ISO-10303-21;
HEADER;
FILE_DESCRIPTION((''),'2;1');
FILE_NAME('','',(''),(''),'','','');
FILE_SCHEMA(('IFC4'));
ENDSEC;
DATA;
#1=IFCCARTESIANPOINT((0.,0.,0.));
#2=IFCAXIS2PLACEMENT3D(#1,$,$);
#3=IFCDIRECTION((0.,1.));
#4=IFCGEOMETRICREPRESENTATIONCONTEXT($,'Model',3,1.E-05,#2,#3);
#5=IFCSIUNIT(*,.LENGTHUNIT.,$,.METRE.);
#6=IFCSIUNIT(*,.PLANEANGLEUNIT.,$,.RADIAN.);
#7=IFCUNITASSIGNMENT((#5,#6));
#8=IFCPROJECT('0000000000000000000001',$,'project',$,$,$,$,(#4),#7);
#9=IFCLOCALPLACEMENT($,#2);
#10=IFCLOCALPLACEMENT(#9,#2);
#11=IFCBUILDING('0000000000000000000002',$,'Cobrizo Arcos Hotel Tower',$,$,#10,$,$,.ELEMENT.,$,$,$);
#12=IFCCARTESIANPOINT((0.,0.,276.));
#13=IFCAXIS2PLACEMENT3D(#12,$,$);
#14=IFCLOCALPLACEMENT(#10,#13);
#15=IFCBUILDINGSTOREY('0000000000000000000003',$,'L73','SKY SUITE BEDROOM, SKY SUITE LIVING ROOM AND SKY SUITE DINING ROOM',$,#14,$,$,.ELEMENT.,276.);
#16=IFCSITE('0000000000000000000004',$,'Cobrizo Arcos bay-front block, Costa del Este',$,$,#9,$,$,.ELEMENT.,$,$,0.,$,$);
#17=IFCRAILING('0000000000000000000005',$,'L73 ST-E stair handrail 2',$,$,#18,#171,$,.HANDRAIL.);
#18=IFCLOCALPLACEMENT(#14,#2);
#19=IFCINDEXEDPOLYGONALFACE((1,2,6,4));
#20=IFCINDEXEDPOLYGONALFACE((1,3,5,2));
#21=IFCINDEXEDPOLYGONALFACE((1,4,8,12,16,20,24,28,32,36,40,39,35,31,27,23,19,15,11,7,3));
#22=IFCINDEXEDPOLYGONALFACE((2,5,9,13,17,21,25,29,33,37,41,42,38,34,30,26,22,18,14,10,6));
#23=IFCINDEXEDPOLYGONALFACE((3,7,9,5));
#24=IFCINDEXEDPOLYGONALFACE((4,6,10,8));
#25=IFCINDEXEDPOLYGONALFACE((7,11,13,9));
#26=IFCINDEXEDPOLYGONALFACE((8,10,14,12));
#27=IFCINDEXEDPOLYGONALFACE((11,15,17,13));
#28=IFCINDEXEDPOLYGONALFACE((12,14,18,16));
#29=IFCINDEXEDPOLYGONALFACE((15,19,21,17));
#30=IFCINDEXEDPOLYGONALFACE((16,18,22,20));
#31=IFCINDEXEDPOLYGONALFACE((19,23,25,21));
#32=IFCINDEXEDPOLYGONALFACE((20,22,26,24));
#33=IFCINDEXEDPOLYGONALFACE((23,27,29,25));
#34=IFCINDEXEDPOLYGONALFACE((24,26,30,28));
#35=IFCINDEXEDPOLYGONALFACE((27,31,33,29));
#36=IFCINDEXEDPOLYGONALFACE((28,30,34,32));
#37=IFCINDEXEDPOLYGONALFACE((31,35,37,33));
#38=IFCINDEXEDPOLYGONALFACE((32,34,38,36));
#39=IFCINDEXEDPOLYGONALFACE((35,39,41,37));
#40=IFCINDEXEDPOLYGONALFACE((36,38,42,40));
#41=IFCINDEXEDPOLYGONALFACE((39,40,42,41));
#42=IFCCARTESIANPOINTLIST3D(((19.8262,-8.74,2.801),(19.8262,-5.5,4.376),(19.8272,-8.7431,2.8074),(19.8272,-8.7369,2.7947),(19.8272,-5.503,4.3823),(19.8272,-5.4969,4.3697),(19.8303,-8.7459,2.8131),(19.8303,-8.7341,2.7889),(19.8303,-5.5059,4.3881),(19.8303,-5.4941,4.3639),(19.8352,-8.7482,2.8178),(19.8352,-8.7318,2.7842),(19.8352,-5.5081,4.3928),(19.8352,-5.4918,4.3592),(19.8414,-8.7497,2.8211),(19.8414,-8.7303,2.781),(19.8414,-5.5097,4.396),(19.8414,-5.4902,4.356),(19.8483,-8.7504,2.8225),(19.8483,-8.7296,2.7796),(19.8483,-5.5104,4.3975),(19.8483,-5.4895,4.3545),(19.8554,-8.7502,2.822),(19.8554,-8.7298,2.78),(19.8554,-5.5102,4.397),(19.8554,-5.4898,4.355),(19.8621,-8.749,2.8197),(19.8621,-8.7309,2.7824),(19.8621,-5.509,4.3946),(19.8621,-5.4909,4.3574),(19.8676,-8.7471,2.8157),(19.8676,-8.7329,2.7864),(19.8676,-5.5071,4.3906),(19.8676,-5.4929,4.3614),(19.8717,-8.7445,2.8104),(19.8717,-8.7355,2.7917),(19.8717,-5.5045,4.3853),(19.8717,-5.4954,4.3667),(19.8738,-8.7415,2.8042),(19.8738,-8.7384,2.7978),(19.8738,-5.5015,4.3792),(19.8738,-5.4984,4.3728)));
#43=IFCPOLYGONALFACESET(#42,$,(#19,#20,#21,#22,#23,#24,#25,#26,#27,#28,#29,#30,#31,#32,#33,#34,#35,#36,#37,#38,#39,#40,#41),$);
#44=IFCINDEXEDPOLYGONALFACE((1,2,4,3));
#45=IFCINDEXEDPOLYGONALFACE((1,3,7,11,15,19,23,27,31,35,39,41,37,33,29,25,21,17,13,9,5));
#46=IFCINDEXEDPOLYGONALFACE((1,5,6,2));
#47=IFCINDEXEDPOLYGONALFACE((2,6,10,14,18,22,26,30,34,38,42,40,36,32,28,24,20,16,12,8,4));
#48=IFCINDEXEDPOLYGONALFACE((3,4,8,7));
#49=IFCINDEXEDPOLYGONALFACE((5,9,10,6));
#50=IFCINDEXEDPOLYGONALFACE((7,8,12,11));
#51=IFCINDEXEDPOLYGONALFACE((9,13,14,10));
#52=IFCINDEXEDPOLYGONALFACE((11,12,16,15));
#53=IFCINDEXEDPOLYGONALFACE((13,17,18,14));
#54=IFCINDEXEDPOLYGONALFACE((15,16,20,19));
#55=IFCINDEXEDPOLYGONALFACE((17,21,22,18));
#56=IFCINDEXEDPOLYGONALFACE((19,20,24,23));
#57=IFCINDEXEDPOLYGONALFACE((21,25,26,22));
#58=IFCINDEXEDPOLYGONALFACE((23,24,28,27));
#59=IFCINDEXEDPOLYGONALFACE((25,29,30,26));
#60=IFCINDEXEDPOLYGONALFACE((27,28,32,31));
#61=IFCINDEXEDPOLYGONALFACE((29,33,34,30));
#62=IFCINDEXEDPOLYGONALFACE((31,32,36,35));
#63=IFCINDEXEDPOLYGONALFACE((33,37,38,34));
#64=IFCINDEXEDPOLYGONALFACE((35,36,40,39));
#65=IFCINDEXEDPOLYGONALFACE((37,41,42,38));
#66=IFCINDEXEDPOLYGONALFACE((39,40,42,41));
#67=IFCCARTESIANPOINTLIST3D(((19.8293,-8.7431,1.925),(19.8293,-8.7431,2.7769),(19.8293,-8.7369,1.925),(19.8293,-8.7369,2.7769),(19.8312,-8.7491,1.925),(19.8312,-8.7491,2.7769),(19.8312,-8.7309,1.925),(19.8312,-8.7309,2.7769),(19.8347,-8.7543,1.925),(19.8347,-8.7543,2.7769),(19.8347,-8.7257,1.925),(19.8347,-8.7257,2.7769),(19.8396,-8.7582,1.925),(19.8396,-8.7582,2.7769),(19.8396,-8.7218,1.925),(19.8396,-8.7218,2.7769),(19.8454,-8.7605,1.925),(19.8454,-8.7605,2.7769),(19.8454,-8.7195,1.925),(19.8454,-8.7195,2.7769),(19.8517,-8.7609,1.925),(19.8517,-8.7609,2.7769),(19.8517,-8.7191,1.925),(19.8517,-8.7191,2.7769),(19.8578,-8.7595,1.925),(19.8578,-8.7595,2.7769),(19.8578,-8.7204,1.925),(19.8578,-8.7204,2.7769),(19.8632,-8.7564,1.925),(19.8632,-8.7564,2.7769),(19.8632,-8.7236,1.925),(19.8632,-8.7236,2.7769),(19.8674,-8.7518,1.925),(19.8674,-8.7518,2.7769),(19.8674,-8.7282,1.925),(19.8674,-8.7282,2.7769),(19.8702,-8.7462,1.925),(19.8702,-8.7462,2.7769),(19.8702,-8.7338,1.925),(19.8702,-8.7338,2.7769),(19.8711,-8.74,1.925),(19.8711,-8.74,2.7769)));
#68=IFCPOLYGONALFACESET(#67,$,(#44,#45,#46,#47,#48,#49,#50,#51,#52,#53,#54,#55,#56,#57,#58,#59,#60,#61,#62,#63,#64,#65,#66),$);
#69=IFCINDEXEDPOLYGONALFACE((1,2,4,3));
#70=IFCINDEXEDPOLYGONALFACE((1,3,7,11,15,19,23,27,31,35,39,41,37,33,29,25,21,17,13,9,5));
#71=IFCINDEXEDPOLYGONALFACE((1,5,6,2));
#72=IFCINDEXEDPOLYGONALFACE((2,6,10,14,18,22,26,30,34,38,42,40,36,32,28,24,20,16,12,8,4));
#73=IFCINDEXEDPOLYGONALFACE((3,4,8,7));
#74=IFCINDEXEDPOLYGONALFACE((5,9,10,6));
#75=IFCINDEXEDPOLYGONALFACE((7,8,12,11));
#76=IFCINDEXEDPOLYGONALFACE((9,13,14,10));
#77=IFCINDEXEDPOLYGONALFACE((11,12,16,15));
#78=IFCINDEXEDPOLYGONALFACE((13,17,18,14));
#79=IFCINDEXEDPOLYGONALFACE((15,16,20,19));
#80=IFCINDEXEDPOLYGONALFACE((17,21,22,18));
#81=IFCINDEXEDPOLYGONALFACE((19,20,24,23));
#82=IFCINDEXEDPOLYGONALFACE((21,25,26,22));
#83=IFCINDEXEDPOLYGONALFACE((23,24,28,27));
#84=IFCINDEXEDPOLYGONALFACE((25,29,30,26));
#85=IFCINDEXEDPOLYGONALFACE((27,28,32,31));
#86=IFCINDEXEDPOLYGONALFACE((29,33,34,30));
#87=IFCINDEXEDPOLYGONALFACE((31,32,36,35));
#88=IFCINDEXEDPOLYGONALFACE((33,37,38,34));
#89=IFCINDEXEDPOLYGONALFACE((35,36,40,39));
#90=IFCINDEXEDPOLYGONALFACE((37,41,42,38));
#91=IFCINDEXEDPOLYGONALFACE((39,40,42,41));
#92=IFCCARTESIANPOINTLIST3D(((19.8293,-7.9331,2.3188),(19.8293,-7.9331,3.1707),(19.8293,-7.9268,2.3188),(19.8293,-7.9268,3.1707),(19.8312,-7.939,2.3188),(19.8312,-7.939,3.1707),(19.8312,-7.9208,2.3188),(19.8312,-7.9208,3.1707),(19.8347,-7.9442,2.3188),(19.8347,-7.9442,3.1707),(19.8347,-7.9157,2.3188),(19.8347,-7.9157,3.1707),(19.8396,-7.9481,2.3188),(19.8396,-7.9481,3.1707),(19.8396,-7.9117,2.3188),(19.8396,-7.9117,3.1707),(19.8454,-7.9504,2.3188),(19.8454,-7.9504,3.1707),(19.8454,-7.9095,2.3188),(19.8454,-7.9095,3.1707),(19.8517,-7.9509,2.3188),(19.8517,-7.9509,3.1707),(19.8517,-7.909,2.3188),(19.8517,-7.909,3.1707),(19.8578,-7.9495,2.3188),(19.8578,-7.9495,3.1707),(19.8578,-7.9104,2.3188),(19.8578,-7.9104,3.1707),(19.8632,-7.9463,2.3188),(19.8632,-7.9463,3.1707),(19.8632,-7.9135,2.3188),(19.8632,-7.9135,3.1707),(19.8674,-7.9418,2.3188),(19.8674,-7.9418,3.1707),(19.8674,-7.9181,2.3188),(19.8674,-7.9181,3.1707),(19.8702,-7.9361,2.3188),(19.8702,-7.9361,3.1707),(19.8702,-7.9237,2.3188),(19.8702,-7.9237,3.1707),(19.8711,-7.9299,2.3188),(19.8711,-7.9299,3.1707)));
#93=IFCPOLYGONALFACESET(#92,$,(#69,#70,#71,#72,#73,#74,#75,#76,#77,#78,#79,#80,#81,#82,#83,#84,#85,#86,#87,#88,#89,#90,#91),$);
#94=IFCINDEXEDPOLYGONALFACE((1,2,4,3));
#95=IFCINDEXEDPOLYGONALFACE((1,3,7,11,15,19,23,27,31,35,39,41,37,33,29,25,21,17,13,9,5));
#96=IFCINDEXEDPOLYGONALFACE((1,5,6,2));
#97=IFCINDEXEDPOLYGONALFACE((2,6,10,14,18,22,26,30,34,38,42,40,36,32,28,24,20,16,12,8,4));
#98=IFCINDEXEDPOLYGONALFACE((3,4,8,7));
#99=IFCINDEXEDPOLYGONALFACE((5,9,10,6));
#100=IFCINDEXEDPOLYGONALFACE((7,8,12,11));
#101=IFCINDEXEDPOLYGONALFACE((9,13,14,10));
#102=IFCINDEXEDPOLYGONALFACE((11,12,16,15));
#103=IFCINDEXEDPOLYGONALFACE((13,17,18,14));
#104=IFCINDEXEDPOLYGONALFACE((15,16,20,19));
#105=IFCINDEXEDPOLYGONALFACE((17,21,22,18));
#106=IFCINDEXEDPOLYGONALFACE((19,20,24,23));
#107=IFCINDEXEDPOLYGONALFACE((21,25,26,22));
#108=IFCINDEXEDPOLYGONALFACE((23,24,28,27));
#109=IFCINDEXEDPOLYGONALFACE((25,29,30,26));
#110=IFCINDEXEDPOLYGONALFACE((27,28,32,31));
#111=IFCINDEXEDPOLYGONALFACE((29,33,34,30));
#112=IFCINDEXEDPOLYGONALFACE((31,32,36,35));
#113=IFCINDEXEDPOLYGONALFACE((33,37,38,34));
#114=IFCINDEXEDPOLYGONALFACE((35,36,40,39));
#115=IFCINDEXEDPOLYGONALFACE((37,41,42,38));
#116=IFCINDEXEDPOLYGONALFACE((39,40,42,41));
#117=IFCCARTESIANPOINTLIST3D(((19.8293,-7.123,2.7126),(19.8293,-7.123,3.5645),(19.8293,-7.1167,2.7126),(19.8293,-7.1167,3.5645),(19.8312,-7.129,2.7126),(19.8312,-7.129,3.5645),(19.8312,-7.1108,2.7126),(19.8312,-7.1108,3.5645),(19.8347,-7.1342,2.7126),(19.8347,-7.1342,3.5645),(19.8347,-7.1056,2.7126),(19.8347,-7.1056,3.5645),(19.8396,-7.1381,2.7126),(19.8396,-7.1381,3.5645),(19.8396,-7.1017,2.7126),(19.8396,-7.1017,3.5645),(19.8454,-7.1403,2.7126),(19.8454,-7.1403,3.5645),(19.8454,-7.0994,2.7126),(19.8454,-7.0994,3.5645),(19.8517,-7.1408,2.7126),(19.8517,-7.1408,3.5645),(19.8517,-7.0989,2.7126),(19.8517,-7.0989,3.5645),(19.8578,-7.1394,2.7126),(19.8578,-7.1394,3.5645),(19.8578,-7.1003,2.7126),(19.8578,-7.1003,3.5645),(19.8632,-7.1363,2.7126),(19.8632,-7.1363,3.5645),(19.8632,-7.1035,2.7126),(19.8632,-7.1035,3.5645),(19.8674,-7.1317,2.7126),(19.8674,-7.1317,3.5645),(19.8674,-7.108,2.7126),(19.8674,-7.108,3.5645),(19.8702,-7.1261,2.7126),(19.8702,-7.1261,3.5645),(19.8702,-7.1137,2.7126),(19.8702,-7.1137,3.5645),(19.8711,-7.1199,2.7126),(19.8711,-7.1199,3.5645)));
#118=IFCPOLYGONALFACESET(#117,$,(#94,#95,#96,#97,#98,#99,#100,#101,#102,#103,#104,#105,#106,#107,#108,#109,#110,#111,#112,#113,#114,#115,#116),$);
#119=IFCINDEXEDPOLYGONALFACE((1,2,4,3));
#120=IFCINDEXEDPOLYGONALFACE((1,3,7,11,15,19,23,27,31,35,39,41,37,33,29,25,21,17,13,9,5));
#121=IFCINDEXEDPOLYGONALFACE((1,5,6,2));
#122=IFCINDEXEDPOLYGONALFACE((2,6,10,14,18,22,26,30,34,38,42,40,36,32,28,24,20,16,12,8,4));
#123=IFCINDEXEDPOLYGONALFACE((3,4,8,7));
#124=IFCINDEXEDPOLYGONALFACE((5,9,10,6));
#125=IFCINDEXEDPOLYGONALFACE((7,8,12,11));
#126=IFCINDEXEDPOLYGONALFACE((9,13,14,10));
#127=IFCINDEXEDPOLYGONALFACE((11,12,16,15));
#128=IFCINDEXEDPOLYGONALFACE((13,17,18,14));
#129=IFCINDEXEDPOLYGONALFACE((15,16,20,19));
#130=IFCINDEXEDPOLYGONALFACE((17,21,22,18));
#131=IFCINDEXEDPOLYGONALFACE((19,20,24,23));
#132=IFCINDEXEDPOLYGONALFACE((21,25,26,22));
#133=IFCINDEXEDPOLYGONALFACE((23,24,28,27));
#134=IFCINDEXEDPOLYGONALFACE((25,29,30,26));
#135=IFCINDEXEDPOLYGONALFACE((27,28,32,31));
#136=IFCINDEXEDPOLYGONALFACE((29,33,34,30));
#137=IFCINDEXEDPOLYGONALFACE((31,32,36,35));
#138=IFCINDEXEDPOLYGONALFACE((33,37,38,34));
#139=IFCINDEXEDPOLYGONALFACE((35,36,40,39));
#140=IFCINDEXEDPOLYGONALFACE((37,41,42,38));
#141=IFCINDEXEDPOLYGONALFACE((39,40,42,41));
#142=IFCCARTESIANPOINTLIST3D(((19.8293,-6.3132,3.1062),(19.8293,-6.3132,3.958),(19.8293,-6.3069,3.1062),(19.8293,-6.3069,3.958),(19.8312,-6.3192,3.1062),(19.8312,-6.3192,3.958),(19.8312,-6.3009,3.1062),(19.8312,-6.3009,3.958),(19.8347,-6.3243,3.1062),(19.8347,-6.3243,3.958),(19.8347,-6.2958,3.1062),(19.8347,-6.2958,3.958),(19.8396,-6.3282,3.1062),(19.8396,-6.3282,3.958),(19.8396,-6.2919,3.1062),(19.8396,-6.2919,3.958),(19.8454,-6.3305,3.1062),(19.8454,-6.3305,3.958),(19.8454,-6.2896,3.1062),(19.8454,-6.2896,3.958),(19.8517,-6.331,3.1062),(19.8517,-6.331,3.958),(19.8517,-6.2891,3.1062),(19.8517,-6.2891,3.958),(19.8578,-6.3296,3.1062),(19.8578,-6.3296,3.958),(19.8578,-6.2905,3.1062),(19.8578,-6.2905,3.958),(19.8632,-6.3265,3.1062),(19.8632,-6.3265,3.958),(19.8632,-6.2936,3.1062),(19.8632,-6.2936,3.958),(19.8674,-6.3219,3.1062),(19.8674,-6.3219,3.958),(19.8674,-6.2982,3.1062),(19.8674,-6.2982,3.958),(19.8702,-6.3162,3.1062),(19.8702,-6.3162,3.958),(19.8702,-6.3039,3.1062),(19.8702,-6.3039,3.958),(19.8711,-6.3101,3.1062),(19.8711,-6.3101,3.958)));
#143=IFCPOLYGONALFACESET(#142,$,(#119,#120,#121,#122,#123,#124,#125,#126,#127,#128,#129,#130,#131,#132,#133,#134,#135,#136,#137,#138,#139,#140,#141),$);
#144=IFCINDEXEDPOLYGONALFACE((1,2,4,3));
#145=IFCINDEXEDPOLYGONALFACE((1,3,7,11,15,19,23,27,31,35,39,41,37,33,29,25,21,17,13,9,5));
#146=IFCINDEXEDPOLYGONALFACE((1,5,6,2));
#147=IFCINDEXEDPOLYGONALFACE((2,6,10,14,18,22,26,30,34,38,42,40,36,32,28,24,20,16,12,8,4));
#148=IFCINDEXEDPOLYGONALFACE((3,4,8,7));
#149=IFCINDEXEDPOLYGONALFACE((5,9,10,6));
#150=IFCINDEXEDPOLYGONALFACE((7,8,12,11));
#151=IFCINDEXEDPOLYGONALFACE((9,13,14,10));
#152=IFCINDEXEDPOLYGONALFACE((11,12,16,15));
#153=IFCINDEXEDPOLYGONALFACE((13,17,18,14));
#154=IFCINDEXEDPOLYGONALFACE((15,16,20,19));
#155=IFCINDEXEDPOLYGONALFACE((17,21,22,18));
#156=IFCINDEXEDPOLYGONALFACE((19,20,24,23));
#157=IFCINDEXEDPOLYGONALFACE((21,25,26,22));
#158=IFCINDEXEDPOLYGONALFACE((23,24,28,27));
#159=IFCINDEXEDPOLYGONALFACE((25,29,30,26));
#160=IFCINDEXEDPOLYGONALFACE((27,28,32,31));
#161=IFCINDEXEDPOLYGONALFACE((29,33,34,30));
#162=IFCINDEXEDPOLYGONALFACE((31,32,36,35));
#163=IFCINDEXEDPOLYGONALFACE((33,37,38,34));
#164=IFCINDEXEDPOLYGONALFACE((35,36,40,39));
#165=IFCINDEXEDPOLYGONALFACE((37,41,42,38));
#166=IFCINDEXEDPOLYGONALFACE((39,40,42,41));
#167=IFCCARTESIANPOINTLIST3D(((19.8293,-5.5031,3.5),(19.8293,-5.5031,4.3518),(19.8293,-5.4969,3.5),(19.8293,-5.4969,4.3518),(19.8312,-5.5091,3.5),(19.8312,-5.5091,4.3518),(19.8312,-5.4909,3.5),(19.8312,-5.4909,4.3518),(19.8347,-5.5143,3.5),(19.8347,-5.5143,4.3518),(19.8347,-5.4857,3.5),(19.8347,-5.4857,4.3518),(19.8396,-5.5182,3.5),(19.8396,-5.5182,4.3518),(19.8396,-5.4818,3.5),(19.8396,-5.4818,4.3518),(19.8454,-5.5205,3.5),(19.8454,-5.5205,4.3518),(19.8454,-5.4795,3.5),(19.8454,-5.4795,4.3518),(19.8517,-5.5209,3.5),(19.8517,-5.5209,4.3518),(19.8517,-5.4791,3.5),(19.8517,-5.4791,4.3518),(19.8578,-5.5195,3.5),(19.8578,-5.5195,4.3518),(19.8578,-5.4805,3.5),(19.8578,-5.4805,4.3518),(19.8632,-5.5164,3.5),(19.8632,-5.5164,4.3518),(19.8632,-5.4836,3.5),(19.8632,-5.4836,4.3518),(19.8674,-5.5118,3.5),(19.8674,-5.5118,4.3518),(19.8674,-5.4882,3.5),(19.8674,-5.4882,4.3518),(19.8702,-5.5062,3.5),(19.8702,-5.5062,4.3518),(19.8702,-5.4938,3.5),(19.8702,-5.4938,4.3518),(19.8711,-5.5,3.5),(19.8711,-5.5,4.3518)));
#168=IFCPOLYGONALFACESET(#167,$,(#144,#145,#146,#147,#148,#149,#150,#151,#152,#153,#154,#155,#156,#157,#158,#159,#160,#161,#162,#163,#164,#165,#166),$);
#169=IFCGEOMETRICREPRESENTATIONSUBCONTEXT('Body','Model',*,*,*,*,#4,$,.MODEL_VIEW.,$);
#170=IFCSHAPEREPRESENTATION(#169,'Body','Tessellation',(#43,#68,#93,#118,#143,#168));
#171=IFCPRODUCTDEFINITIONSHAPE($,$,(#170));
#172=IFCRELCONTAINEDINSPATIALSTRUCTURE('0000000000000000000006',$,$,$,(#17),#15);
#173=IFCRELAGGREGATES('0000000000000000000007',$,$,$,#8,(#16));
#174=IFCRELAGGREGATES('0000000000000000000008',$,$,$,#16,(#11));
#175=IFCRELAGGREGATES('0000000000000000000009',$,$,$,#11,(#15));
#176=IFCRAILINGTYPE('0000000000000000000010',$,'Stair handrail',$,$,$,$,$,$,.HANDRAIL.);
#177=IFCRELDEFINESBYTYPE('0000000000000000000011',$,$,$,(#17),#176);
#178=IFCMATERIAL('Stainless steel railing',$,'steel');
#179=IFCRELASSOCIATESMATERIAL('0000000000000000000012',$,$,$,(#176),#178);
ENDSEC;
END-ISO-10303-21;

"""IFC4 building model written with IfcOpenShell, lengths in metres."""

from ifc_helpers import new_model, si_unit, direction, frame, origin, origin_2d, place, context, subcontext, project, spatial, circle, extrude, material, type_object, element, save


model = new_model("IFC4")

# Units and contexts
model_context = context("Model", 3, precision=1e-05, world=origin(), true_north=direction((0.0, 1.0)))
body_context = subcontext(model_context, "Body", "Model", "MODEL_VIEW")
ifc_project = project(units=[si_unit("LENGTHUNIT", "METRE"), si_unit("PLANEANGLEUNIT", "RADIAN")], contexts=[model_context])

# Site, building, storey
site_placement = place(None, origin())
site = spatial("IfcSite", under=ifc_project, at=site_placement, Name="Cobrizo Arcos bay-front block, Costa del Este", CompositionType="ELEMENT", RefElevation=0.0)
building_placement = place(site_placement, origin())
building = spatial("IfcBuilding", under=site, at=building_placement, Name="Cobrizo Arcos Hotel Tower", CompositionType="ELEMENT")
storey_placement = place(building_placement, frame((0.0, 0.0, 276.0)))
storey = spatial("IfcBuildingStorey", under=building, at=storey_placement, Name="L73", Description="SKY SUITE BEDROOM, SKY SUITE LIVING ROOM AND SKY SUITE DINING ROOM", CompositionType="ELEMENT", Elevation=276.0)

# Railing
ifc_material_1 = material(Name="Stainless steel railing", Category="steel")
railing_type_1 = type_object("IfcRailingType", Name="Stair handrail", PredefinedType="HANDRAIL", material=ifc_material_1)
railing_1_placement = place(storey_placement, frame((19.8501, -8.74, 1.925)))
element("IfcRailing", 1, at=railing_1_placement, inside=storey, type_object=railing_type_1, Name="L73 ST-E stair handrail 2", PredefinedType="HANDRAIL", context=body_context, shape_type="SweptSolid", body=[
    extrude(circle(Radius=0.0239, at=origin_2d()), frame((0.0, 0.0, 0.876), z_axis=(0.0, 0.899373, 0.437183), x_axis=(-1.0, 0.0, 0.0)), (0.0, 0.0, 1.0), 3.6025),
    extrude(circle(Radius=0.021, at=origin_2d()), origin(), (0.0, 0.0, 1.0), 0.8518),
    extrude(circle(Radius=0.021, at=origin_2d()), frame((0.0, 0.8101, 0.3938)), (0.0, 0.0, 1.0), 0.8518),
    extrude(circle(Radius=0.021, at=origin_2d()), frame((0.0, 1.6201, 0.7876)), (0.0, 0.0, 1.0), 0.8518),
    extrude(circle(Radius=0.021, at=origin_2d()), frame((0.0, 2.4299, 1.1812)), (0.0, 0.0, 1.0), 0.8518),
    extrude(circle(Radius=0.021, at=origin_2d()), frame((0.0, 3.24, 1.575)), (0.0, 0.0, 1.0), 0.8518),
])

save(model, "model.ifc")
